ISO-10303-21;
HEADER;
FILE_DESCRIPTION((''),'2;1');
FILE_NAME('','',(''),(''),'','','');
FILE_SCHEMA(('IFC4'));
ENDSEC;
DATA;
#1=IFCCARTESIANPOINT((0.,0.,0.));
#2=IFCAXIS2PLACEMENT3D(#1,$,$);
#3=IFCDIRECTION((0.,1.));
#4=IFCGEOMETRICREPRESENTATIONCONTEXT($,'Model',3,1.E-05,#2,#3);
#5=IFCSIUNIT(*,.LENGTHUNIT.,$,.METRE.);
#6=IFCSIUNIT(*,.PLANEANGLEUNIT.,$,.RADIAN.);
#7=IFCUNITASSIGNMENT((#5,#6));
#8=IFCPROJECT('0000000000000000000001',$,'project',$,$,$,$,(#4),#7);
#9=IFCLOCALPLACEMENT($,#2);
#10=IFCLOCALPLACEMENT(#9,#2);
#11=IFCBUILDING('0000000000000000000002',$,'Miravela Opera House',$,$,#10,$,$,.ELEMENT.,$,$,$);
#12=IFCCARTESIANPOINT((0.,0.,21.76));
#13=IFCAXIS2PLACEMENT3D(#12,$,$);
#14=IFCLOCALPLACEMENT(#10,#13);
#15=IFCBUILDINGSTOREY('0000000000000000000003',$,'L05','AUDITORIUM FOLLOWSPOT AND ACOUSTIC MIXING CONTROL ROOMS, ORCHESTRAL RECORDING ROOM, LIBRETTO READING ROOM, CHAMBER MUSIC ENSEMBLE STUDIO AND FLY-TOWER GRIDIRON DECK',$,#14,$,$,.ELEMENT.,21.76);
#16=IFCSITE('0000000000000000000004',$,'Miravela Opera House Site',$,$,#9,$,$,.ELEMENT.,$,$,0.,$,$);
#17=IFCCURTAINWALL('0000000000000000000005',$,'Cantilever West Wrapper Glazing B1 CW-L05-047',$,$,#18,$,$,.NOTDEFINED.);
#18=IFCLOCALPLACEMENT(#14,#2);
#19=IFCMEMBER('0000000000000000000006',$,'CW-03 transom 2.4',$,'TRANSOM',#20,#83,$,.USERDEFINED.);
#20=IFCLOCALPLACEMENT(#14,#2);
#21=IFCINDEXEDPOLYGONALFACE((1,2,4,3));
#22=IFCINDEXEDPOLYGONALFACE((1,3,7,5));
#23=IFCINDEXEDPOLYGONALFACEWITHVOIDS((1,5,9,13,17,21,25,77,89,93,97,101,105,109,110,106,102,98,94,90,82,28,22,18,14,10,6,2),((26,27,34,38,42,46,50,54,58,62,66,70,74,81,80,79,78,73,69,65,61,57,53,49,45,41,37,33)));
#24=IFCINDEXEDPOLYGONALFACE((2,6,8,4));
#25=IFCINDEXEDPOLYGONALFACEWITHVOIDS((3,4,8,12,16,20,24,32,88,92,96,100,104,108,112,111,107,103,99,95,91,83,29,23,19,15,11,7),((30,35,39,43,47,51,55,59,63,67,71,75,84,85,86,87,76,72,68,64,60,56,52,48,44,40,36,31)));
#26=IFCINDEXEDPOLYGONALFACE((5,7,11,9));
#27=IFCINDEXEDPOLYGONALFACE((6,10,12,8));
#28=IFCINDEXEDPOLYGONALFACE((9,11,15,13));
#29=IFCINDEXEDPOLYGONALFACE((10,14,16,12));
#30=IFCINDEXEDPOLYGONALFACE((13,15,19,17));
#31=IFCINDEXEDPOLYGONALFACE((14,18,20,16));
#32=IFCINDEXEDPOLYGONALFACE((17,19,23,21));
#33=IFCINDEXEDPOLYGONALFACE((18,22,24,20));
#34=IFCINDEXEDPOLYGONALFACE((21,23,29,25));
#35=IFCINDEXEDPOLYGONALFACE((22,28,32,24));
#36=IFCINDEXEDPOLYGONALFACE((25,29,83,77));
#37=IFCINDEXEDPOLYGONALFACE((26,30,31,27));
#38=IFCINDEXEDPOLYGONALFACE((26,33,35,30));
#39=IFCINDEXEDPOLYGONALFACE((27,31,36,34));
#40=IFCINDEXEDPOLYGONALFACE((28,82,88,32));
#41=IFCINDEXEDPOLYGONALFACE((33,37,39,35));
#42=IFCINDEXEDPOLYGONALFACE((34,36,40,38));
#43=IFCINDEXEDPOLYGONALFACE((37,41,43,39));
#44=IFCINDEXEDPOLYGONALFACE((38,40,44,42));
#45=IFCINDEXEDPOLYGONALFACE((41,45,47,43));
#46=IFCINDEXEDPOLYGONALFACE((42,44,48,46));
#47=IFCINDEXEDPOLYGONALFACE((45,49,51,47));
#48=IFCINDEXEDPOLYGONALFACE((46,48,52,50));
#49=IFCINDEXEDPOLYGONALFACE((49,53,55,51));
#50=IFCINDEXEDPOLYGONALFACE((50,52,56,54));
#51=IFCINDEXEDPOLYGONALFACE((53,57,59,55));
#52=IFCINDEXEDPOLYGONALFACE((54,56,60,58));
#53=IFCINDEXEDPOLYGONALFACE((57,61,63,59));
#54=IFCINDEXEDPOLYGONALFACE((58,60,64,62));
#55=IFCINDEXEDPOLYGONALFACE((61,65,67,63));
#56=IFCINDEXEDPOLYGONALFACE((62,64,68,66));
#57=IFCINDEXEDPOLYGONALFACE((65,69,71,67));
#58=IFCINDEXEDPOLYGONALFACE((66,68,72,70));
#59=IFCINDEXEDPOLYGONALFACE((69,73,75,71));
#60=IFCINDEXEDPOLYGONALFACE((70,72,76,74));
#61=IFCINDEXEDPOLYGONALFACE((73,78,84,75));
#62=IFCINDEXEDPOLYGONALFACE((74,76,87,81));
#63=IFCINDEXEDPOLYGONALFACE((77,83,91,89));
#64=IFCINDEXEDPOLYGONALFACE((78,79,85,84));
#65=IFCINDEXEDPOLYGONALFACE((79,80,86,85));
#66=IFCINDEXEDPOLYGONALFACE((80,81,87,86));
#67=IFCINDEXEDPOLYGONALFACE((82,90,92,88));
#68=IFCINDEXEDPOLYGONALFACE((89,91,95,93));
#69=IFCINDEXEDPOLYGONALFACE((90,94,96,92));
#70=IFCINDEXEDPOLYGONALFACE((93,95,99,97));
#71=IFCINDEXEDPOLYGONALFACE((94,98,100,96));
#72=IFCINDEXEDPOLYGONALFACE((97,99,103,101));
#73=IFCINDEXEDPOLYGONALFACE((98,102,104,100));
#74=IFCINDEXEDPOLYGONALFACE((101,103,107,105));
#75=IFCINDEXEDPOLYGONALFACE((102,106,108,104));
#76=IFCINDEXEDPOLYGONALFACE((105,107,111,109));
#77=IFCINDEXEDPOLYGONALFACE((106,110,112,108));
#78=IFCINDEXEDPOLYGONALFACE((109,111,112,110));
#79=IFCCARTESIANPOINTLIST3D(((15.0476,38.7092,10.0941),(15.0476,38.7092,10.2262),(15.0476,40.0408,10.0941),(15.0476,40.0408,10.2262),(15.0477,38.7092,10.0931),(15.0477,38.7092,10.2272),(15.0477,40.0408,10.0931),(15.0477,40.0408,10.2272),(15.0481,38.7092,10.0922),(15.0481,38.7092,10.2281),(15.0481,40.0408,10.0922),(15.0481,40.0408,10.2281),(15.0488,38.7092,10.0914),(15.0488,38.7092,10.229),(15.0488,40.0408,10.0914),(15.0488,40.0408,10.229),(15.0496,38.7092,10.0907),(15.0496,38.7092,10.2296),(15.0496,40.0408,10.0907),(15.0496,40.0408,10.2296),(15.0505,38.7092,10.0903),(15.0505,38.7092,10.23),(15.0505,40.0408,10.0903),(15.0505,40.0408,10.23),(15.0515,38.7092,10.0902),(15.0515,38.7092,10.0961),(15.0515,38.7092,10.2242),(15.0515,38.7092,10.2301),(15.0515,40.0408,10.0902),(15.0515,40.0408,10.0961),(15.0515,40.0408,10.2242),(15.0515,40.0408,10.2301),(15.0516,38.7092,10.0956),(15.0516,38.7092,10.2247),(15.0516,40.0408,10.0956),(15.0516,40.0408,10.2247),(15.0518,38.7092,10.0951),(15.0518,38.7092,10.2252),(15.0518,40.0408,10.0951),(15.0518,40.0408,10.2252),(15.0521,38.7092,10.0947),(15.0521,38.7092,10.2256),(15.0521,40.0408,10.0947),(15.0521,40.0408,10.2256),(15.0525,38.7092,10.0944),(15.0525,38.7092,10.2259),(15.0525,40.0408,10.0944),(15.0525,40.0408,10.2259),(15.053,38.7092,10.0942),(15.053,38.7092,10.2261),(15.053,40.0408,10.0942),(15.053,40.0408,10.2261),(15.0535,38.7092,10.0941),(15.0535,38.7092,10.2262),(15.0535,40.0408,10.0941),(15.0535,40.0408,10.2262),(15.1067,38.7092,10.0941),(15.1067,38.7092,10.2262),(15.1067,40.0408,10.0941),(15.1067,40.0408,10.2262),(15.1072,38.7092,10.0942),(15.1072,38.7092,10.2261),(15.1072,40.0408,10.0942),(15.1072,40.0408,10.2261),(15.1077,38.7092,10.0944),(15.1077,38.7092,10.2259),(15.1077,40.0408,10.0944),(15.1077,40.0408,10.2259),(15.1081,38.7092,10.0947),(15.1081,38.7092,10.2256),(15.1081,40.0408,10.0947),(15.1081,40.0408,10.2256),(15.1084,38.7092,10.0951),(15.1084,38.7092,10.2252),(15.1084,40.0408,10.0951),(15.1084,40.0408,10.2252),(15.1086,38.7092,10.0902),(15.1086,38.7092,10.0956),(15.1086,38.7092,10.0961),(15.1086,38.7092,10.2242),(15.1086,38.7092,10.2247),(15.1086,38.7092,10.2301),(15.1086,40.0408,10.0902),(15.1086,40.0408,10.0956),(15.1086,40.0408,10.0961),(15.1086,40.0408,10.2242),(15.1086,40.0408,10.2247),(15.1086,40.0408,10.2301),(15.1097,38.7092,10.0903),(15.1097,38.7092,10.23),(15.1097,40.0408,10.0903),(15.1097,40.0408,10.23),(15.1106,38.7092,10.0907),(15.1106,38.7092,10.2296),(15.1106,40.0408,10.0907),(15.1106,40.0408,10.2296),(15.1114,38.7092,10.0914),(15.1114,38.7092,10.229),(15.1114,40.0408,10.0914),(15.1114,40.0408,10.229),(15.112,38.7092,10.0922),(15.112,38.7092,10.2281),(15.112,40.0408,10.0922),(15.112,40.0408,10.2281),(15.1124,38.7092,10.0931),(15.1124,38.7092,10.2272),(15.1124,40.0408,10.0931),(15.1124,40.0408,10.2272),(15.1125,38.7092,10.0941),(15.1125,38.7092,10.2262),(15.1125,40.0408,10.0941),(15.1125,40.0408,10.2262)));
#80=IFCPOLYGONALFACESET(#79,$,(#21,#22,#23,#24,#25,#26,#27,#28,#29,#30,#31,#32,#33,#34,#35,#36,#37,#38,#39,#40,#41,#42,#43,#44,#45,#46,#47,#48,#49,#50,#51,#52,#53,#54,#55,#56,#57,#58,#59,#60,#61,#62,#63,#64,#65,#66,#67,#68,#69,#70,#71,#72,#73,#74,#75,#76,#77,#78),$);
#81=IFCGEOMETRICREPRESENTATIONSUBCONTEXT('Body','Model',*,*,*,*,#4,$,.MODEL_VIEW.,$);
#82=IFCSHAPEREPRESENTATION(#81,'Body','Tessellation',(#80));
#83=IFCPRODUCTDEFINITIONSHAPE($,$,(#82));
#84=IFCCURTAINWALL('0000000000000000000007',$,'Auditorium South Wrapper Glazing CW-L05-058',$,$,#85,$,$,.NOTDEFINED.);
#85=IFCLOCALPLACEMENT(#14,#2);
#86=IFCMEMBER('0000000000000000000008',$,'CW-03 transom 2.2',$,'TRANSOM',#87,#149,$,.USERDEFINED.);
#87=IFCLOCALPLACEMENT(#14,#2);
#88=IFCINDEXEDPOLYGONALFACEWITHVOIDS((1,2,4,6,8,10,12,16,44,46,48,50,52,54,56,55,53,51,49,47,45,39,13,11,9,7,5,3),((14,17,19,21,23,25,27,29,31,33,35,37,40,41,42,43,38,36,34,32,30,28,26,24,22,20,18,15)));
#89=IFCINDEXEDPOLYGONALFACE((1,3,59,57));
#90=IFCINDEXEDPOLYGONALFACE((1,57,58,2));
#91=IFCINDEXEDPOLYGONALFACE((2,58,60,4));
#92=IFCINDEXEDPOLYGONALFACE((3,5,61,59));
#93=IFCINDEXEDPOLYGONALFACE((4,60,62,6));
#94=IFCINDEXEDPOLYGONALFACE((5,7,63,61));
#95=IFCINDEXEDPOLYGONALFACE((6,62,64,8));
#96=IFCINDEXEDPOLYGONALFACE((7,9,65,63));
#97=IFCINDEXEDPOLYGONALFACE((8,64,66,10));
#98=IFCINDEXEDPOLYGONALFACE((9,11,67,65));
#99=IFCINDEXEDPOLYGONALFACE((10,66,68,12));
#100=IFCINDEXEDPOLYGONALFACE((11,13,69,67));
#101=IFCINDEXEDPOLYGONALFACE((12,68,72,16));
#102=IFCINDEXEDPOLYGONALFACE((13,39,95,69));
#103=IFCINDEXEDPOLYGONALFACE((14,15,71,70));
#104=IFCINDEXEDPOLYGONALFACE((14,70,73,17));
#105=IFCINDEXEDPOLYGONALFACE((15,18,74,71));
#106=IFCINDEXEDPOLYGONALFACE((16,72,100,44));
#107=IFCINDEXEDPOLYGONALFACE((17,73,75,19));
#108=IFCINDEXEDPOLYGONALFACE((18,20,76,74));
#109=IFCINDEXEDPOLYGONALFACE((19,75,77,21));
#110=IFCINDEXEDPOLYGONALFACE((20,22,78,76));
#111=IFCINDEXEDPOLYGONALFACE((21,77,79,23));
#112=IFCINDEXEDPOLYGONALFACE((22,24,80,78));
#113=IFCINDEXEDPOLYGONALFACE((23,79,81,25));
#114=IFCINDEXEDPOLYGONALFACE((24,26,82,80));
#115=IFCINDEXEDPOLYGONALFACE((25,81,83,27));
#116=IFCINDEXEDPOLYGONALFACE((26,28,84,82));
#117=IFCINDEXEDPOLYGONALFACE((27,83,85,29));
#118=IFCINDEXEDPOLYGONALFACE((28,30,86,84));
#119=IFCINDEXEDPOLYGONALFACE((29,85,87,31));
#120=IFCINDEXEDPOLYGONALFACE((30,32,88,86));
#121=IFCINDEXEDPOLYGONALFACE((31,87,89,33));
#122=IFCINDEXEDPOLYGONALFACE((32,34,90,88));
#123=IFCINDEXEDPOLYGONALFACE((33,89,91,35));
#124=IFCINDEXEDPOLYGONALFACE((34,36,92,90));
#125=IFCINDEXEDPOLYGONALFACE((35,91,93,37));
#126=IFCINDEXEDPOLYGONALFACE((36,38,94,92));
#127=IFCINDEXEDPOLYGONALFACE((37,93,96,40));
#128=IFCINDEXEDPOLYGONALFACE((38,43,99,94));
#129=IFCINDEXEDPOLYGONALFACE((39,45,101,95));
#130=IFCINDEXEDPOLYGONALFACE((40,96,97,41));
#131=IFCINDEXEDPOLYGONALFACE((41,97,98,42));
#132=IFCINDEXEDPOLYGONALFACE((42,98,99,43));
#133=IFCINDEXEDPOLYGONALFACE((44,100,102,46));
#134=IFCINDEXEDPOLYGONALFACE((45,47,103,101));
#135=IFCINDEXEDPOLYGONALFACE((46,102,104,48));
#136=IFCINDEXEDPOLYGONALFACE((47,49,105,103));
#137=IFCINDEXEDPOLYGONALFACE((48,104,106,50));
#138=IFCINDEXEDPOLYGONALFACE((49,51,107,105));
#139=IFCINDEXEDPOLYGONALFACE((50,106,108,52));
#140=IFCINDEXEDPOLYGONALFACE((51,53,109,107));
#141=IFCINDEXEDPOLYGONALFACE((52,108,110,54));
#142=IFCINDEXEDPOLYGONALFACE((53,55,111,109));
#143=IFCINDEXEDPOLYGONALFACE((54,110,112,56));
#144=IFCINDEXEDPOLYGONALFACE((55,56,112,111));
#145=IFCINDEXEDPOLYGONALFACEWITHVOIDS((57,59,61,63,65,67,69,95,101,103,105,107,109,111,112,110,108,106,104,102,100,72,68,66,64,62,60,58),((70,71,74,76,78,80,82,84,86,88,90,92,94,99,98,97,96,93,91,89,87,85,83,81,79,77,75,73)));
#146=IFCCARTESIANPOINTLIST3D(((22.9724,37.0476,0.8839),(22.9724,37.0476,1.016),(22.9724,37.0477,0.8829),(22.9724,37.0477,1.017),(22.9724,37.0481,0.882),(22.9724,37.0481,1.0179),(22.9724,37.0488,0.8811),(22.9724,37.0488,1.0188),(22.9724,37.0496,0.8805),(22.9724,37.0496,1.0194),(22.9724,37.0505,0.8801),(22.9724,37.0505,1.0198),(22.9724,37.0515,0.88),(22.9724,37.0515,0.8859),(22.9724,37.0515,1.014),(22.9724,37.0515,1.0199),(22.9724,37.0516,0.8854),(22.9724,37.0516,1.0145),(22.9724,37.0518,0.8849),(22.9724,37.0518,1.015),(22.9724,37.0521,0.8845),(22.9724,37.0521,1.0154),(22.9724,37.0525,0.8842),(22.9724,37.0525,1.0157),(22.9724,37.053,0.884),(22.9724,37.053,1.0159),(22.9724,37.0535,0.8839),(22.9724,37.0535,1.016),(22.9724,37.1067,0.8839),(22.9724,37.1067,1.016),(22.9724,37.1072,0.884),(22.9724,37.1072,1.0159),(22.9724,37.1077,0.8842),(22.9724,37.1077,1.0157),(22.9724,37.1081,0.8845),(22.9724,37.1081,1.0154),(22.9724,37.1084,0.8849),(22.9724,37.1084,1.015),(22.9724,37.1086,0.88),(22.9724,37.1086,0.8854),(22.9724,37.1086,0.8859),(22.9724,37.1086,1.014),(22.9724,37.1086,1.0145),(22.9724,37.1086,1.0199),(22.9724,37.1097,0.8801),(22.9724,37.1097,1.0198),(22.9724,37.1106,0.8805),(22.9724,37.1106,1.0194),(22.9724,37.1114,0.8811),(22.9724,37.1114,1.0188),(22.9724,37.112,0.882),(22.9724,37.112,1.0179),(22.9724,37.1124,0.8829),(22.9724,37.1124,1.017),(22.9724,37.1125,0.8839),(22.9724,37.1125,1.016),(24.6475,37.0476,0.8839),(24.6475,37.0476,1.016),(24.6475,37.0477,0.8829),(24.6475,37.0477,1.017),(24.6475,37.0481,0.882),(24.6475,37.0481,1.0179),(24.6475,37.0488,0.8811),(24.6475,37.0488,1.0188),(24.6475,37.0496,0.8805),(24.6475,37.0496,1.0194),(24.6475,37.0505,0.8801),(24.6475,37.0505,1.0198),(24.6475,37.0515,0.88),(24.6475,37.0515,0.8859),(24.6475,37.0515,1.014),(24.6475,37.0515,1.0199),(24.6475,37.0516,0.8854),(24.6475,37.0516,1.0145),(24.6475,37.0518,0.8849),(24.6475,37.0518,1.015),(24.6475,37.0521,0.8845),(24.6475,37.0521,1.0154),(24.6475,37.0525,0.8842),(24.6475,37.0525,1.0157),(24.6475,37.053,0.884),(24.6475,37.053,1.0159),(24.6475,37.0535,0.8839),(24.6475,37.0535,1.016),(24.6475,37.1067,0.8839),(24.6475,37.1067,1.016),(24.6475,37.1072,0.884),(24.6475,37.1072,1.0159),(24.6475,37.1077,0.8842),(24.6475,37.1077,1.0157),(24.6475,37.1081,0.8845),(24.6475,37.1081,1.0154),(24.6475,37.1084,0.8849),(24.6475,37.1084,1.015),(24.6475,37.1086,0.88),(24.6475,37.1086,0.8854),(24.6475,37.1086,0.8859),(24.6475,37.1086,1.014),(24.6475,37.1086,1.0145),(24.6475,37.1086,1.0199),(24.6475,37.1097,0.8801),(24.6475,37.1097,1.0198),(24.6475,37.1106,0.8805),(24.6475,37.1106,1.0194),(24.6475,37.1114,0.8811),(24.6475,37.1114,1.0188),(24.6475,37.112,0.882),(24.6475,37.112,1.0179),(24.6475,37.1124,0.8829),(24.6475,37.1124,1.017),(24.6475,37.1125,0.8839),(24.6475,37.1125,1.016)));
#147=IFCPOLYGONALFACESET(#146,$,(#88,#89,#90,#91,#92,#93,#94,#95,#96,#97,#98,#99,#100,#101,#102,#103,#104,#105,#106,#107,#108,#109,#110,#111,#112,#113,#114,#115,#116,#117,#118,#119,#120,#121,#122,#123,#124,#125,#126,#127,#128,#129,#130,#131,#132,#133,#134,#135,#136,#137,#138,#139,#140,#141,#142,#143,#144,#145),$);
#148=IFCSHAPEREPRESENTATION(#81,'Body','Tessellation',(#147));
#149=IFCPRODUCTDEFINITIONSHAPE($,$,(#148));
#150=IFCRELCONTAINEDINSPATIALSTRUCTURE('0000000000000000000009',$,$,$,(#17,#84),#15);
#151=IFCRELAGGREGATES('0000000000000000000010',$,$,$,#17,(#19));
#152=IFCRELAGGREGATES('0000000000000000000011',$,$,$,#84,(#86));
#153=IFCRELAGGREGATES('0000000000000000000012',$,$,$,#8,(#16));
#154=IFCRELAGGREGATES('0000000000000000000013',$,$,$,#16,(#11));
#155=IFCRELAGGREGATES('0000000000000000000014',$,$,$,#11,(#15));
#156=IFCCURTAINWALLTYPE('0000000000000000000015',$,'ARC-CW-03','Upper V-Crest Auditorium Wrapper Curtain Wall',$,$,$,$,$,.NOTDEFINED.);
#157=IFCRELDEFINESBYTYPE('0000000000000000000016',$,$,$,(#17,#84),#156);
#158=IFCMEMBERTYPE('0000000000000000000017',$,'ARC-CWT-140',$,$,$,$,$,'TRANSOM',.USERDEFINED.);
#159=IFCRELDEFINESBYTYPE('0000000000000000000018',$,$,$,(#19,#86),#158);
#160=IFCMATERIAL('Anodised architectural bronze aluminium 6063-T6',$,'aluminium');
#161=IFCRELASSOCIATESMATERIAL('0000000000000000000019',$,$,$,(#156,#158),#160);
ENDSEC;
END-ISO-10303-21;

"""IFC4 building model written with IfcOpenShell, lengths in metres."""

from ifc_helpers import new_model, si_unit, direction, frame, origin, origin_2d, place, context, subcontext, project, spatial, hollow_rectangle, extrude, material, material_profile, profile_set, type_object, element, aggregate, save


model = new_model("IFC4")

# Units and contexts
model_context = context("Model", 3, precision=1e-05, world=origin(), true_north=direction((0.0, 1.0)))
body_context = subcontext(model_context, "Body", "Model", "MODEL_VIEW")
ifc_project = project(units=[si_unit("LENGTHUNIT", "METRE"), si_unit("PLANEANGLEUNIT", "RADIAN")], contexts=[model_context])

# Site, building, storey
site_placement = place(None, origin())
site = spatial("IfcSite", under=ifc_project, at=site_placement, Name="Miravela Opera House Site", CompositionType="ELEMENT", RefElevation=0.0)
building_placement = place(site_placement, origin())
building = spatial("IfcBuilding", under=site, at=building_placement, Name="Miravela Opera House", CompositionType="ELEMENT")
storey_placement = place(building_placement, frame((0.0, 0.0, 21.76)))
storey = spatial("IfcBuildingStorey", under=building, at=storey_placement, Name="L05", Description="AUDITORIUM FOLLOWSPOT AND ACOUSTIC MIXING CONTROL ROOMS, ORCHESTRAL RECORDING ROOM, LIBRETTO READING ROOM, CHAMBER MUSIC ENSEMBLE STUDIO AND FLY-TOWER GRIDIRON DECK", CompositionType="ELEMENT", Elevation=21.76)

# Curtain walls, members
ifc_material_1 = material(Name="Anodised architectural bronze aluminium 6063-T6", Category="aluminium")
curtain_wall_type = type_object("IfcCurtainWallType", Name="ARC-CW-03", Description="Upper V-Crest Auditorium Wrapper Curtain Wall", PredefinedType="NOTDEFINED", material=ifc_material_1)
curtain_wall_1_placement = place(storey_placement, origin())
curtain_wall_1 = element("IfcCurtainWall", 1, at=curtain_wall_1_placement, inside=storey, type_object=curtain_wall_type, Name="Cantilever West Wrapper Glazing B1 CW-L05-047", PredefinedType="NOTDEFINED")
ifc_material_profile_1 = material_profile(ifc_material_1, hollow_rectangle(XDim=0.0649, YDim=0.1399, WallThickness=0.0039, InnerFilletRadius=0.002, OuterFilletRadius=0.0039, at=origin_2d()), Name="CWT-65X140")
ifc_profile_set_1 = profile_set([ifc_material_profile_1])
member_type_1 = type_object("IfcMemberType", Name="ARC-CWT-140", ElementType="TRANSOM", PredefinedType="USERDEFINED", material=ifc_profile_set_1)
member_1_placement = place(storey_placement, frame((15.0801, 38.7092, 10.1602), z_axis=(0.0, 1.0, 0.0), x_axis=(-1.0, 0.0, 0.0)))
member_1 = element("IfcMember", 2, at=member_1_placement, type_object=member_type_1, Name="CW-03 transom 2.4", ObjectType="TRANSOM", PredefinedType="USERDEFINED", context=body_context, shape_type="SweptSolid", body=[
    extrude(hollow_rectangle(XDim=0.0649, YDim=0.1399, WallThickness=0.0039, InnerFilletRadius=0.002, OuterFilletRadius=0.0039, at=origin_2d()), origin(), (0.0, 0.0, 1.0), 1.3315),
])
curtain_wall_2_placement = place(storey_placement, origin())
curtain_wall_2 = element("IfcCurtainWall", 3, at=curtain_wall_2_placement, inside=storey, type_object=curtain_wall_type, Name="Auditorium South Wrapper Glazing CW-L05-058", PredefinedType="NOTDEFINED")
member_2_placement = place(storey_placement, frame((22.9724, 37.0801, 0.95), z_axis=(1.0, 0.0, 0.0), x_axis=(0.0, 1.0, 0.0)))
member_2 = element("IfcMember", 4, at=member_2_placement, type_object=member_type_1, Name="CW-03 transom 2.2", ObjectType="TRANSOM", PredefinedType="USERDEFINED", context=body_context, shape_type="SweptSolid", body=[
    extrude(hollow_rectangle(XDim=0.0649, YDim=0.1399, WallThickness=0.0039, InnerFilletRadius=0.002, OuterFilletRadius=0.0039, at=origin_2d()), origin(), (0.0, 0.0, 1.0), 1.675),
])

aggregate(curtain_wall_1, [member_1])
aggregate(curtain_wall_2, [member_2])

save(model, "model.ifc")
